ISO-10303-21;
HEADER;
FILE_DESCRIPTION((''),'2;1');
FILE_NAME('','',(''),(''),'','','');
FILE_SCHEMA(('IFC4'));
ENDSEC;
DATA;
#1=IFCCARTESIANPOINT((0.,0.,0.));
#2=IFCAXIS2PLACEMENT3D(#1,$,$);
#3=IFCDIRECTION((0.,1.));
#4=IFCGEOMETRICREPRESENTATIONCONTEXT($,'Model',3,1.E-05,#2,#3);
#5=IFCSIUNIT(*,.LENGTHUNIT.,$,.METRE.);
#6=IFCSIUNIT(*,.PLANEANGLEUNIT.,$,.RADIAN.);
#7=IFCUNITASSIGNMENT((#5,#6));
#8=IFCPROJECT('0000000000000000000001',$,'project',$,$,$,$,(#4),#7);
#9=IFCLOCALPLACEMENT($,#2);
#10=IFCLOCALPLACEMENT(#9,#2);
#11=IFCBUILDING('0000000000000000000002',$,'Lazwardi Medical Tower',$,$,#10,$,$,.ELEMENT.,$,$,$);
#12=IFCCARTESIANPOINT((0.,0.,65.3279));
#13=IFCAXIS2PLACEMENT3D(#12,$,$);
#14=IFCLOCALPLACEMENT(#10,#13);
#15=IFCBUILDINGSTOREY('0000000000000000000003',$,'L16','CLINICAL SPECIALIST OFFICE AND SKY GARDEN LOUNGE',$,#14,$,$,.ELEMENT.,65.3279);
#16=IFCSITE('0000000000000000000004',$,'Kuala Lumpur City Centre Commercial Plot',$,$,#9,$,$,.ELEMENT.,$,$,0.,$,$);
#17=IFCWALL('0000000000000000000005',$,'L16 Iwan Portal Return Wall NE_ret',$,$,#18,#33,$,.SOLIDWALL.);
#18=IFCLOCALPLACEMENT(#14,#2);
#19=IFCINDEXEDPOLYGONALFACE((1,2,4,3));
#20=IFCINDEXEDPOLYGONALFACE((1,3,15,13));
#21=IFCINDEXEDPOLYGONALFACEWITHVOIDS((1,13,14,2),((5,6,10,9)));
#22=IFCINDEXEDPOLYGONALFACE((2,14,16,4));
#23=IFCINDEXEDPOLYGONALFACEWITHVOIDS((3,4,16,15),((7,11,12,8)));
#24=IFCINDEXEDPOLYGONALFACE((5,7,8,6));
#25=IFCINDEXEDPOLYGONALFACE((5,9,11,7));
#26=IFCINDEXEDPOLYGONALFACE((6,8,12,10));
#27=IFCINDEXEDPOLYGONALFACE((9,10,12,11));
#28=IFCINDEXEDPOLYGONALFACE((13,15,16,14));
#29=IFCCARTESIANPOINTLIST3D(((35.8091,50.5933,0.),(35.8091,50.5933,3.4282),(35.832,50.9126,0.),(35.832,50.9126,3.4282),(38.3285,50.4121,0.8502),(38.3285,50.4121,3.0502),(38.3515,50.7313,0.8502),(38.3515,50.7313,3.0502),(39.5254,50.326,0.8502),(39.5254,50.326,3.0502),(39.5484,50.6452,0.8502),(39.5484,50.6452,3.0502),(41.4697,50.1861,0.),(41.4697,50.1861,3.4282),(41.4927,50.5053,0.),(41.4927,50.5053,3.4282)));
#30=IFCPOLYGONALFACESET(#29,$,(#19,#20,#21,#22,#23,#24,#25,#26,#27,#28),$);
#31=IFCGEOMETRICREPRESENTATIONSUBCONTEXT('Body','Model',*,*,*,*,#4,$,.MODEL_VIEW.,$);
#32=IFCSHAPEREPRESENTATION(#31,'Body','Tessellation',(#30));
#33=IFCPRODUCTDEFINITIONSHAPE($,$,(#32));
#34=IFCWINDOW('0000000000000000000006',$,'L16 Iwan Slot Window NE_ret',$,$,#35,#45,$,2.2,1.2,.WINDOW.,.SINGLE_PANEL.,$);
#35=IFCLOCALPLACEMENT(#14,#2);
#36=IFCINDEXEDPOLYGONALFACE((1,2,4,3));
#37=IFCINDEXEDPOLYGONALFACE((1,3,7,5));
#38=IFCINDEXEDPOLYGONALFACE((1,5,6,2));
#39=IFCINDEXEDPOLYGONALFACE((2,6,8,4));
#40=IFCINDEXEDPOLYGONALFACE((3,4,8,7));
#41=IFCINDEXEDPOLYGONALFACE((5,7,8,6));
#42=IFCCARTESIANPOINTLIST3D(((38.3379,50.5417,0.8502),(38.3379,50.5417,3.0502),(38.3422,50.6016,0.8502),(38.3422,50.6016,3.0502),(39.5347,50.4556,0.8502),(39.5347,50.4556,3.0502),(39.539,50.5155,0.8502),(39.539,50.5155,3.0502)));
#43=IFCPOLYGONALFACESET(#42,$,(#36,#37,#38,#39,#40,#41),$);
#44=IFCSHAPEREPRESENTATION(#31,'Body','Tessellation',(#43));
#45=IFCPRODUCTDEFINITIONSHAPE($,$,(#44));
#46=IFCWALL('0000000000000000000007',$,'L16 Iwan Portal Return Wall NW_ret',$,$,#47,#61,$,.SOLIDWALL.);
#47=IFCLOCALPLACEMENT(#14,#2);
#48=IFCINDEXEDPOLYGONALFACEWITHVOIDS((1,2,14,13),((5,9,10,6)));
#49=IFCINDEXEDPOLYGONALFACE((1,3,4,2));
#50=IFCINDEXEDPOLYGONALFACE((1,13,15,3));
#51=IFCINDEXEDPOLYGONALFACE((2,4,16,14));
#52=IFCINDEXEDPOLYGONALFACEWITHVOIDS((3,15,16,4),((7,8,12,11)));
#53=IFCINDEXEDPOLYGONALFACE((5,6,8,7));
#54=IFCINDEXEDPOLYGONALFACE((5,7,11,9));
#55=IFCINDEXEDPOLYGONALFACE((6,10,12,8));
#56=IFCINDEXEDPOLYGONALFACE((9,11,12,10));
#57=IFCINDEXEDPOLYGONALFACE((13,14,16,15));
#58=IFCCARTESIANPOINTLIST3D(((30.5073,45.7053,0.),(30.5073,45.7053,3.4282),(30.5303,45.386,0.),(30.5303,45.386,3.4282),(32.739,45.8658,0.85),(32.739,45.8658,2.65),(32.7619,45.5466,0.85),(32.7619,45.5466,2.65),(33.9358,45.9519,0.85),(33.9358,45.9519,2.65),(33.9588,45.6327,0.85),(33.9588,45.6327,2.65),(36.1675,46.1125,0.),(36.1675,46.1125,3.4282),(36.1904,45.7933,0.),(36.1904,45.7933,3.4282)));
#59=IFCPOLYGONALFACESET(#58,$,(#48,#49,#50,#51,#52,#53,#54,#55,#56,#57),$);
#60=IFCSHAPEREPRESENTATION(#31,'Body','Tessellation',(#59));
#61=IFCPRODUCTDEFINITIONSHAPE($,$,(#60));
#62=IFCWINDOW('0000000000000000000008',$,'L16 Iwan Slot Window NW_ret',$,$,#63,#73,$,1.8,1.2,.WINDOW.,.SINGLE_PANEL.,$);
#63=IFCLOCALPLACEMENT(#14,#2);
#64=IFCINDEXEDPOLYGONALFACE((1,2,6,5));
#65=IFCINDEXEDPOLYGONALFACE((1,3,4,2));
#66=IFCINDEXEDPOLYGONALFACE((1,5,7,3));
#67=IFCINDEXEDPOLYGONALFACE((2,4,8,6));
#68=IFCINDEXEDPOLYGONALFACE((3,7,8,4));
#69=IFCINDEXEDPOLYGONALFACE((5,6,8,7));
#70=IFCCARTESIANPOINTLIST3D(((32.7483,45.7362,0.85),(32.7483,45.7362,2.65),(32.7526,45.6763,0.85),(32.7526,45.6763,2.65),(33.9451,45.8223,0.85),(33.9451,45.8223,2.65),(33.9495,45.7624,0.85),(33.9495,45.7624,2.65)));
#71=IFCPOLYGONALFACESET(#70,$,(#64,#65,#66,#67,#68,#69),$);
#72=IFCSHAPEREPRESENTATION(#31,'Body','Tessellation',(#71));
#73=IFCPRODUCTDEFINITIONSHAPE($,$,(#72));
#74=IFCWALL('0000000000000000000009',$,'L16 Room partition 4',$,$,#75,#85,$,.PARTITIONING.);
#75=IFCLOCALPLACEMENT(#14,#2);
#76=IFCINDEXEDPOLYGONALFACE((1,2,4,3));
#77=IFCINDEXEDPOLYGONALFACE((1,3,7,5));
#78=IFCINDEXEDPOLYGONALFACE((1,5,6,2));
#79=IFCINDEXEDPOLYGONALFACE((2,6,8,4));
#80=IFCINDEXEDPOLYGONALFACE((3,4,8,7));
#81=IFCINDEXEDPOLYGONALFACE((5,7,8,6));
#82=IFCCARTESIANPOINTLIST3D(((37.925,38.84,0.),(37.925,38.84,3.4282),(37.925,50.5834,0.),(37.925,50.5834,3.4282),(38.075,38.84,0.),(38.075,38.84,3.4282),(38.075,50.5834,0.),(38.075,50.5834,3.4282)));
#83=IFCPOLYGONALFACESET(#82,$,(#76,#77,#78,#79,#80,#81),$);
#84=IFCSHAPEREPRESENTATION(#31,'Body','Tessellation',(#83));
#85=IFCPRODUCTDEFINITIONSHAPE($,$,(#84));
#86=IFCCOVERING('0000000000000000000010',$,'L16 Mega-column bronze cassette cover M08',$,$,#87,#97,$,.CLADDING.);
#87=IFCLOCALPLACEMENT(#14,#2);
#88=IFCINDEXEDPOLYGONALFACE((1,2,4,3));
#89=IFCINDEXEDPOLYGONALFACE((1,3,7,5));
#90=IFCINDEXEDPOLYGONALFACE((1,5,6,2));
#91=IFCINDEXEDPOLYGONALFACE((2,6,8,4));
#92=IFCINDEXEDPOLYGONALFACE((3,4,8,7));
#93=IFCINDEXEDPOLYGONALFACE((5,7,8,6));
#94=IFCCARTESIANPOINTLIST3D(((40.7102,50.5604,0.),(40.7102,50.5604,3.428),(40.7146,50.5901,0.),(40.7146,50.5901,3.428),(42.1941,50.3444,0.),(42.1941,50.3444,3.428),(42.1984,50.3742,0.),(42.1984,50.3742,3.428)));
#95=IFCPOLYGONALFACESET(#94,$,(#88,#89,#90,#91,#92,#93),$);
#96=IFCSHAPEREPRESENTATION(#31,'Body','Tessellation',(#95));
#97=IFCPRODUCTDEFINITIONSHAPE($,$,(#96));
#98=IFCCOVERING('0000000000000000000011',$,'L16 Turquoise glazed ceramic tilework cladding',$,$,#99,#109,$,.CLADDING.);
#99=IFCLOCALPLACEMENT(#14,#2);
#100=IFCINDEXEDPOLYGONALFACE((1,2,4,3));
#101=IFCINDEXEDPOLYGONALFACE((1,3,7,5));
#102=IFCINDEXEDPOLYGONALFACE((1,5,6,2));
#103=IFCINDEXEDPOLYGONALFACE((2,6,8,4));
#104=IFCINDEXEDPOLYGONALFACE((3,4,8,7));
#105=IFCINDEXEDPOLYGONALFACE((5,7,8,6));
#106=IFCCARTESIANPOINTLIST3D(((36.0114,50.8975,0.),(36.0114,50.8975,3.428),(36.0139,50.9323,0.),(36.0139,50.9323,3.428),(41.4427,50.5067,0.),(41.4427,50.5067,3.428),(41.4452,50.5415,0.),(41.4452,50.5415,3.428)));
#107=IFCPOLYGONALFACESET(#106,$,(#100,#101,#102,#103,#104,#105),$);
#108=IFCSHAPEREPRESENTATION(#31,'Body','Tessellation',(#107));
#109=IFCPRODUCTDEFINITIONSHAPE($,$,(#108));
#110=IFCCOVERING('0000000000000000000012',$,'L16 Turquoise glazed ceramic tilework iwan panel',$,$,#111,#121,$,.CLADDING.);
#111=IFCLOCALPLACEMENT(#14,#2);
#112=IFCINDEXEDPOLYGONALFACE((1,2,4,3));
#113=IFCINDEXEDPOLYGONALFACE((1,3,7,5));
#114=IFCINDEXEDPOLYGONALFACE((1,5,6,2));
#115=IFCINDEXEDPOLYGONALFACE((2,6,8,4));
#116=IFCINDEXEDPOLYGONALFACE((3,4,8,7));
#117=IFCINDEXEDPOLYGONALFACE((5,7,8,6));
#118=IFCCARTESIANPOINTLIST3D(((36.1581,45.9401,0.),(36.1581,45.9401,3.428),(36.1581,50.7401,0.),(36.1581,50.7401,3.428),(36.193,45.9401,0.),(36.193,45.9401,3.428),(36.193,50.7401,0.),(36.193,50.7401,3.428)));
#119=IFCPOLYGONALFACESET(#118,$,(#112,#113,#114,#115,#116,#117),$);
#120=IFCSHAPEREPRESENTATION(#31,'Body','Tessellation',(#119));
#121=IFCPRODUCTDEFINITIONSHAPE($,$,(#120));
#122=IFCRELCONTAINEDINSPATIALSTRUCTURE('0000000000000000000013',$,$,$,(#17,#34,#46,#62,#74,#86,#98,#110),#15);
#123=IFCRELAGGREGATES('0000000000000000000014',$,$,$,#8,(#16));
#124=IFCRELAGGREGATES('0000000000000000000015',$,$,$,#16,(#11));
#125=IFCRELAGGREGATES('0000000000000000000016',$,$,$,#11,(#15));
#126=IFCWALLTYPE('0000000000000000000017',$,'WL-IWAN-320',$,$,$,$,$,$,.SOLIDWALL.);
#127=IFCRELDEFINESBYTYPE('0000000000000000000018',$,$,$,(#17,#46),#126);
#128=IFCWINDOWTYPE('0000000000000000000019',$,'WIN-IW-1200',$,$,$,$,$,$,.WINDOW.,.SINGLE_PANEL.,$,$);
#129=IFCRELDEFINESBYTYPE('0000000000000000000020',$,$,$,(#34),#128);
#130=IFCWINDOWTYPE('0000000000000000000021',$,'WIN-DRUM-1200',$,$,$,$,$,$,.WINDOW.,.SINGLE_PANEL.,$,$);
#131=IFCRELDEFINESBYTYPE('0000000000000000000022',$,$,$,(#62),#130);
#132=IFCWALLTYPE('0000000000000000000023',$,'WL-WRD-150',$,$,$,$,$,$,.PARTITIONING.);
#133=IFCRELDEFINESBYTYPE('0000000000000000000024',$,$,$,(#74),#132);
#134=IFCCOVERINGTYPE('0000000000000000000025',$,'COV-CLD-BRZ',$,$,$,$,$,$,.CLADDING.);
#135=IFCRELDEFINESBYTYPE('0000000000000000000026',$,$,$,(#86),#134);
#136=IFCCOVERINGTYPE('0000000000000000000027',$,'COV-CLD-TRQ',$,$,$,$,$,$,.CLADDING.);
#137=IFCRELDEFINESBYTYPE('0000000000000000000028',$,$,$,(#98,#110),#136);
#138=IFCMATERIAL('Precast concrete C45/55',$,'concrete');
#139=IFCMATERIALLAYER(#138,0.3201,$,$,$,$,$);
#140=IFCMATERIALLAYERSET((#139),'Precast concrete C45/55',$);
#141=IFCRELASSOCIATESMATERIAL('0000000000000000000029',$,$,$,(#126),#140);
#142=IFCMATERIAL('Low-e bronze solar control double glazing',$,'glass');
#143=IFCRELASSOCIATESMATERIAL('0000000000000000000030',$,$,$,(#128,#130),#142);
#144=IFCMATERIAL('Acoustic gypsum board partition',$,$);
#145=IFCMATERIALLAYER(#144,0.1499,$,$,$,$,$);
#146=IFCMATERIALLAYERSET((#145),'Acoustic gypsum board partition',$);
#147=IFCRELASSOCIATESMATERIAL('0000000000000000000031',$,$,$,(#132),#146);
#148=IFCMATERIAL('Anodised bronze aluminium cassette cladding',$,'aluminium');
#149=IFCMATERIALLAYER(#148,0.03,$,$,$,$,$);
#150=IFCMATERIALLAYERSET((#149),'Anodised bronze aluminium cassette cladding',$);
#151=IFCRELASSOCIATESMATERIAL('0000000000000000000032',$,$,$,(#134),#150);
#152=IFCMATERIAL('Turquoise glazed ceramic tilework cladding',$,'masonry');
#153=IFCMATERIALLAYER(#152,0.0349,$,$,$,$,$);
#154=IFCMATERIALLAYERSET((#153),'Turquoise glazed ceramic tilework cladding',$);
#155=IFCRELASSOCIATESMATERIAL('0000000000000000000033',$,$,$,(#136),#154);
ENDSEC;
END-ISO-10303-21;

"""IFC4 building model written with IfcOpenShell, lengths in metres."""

from ifc_helpers import new_model, si_unit, direction, frame, frame_2d, origin, origin_2d, place, context, subcontext, project, spatial, rectangle, extrude, material, layer, layer_set, type_object, element, fill, save


model = new_model("IFC4")

# Units and contexts
model_context = context("Model", 3, precision=1e-05, world=origin(), true_north=direction((0.0, 1.0)))
body_context = subcontext(model_context, "Body", "Model", "MODEL_VIEW")
ifc_project = project(units=[si_unit("LENGTHUNIT", "METRE"), si_unit("PLANEANGLEUNIT", "RADIAN")], contexts=[model_context])

# Site, building, storey
site_placement = place(None, origin())
site = spatial("IfcSite", under=ifc_project, at=site_placement, Name="Kuala Lumpur City Centre Commercial Plot", CompositionType="ELEMENT", RefElevation=0.0)
building_placement = place(site_placement, origin())
building = spatial("IfcBuilding", under=site, at=building_placement, Name="Lazwardi Medical Tower", CompositionType="ELEMENT")
storey_placement = place(building_placement, frame((0.0, 0.0, 65.3279)))
storey = spatial("IfcBuildingStorey", under=building, at=storey_placement, Name="L16", Description="CLINICAL SPECIALIST OFFICE AND SKY GARDEN LOUNGE", CompositionType="ELEMENT", Elevation=65.3279)

# Shared definitions
ifc_material_1 = material(Name="Low-e bronze solar control double glazing", Category="glass")

# Walls, openings, windows
ifc_material_2 = material(Name="Precast concrete C45/55", Category="concrete")
ifc_layer_1 = layer(ifc_material_2, 0.3201)
ifc_layer_set_1 = layer_set([ifc_layer_1], Name="Precast concrete C45/55")
wall_type_1 = type_object("IfcWallType", Name="WL-IWAN-320", PredefinedType="SOLIDWALL", material=ifc_layer_set_1)
wall_1_placement = place(storey_placement, frame((41.4812, 50.3457, 0.0), z_axis=(0.0, 0.0, 1.0), x_axis=(-0.997422, 0.071755, 0.0)))
wall_1 = element("IfcWall", 1, at=wall_1_placement, inside=storey, type_object=wall_type_1, Name="L16 Iwan Portal Return Wall NE_ret", PredefinedType="SOLIDWALL", context=body_context, shape_type="SweptSolid", body=[
    extrude(rectangle(XDim=5.6753, YDim=0.3201, at=frame_2d((2.8376, 0.0))), origin(), (0.0, 0.0, 1.0), 3.4282),
])
opening_1_placement = place(wall_1_placement, frame((1.9492, 0.0, 0.8501)))
opening_1 = element("IfcOpeningElement", 2, at=opening_1_placement, cuts=wall_1, PredefinedType="OPENING", context=body_context, shape_type="SweptSolid", body=[
    extrude(rectangle(XDim=1.2, YDim=2.2, at=frame_2d((0.6001, 1.1001))), frame((0.0, 0.1699, 0.0), z_axis=(0.0, -1.0, 0.0), x_axis=(1.0, 0.0, 0.0)), (0.0, 0.0, 1.0), 0.3401),
])
window_type_1 = type_object("IfcWindowType", Name="WIN-IW-1200", PartitioningType="SINGLE_PANEL", PredefinedType="WINDOW", material=ifc_material_1)
window_1_placement = place(opening_1_placement, origin())
window_1 = element("IfcWindow", 3, at=window_1_placement, inside=storey, type_object=window_type_1, Name="L16 Iwan Slot Window NE_ret", OverallHeight=2.2, OverallWidth=1.2, PartitioningType="SINGLE_PANEL", PredefinedType="WINDOW", context=body_context, shape_type="SweptSolid", body=[
    extrude(rectangle(XDim=1.2, YDim=2.2, at=frame_2d((0.6001, 1.1001))), frame((0.0, 0.03, 0.0), z_axis=(0.0, -1.0, 0.0), x_axis=(1.0, 0.0, 0.0)), (0.0, 0.0, 1.0), 0.0601),
])
fill(opening_1, window_1)
wall_2_placement = place(storey_placement, frame((36.179, 45.9529, 0.0), z_axis=(0.0, 0.0, 1.0), x_axis=(-0.997422, -0.071761, 0.0)))
wall_2 = element("IfcWall", 4, at=wall_2_placement, inside=storey, type_object=wall_type_1, Name="L16 Iwan Portal Return Wall NW_ret", PredefinedType="SOLIDWALL", context=body_context, shape_type="SweptSolid", body=[
    extrude(rectangle(XDim=5.6748, YDim=0.3201, at=frame_2d((2.8374, 0.0))), origin(), (0.0, 0.0, 1.0), 3.4282),
])
opening_2_placement = place(wall_2_placement, frame((2.2373, 0.0, 0.8501)))
opening_2 = element("IfcOpeningElement", 5, at=opening_2_placement, cuts=wall_2, PredefinedType="OPENING", context=body_context, shape_type="SweptSolid", body=[
    extrude(rectangle(XDim=1.2, YDim=1.8, at=frame_2d((0.6001, 0.8999))), frame((0.0, 0.1699, 0.0), z_axis=(0.0, -1.0, 0.0), x_axis=(1.0, 0.0, 0.0)), (0.0, 0.0, 1.0), 0.3401),
])
window_type_2 = type_object("IfcWindowType", Name="WIN-DRUM-1200", PartitioningType="SINGLE_PANEL", PredefinedType="WINDOW", material=ifc_material_1)
window_2_placement = place(opening_2_placement, origin())
window_2 = element("IfcWindow", 6, at=window_2_placement, inside=storey, type_object=window_type_2, Name="L16 Iwan Slot Window NW_ret", OverallHeight=1.8, OverallWidth=1.2, PartitioningType="SINGLE_PANEL", PredefinedType="WINDOW", context=body_context, shape_type="SweptSolid", body=[
    extrude(rectangle(XDim=1.2, YDim=1.8, at=frame_2d((0.6001, 0.8999))), frame((0.0, 0.03, 0.0), z_axis=(0.0, -1.0, 0.0), x_axis=(1.0, 0.0, 0.0)), (0.0, 0.0, 1.0), 0.0601),
])
fill(opening_2, window_2)

# Wall
ifc_material_3 = material(Name="Acoustic gypsum board partition")
ifc_layer_2 = layer(ifc_material_3, 0.1499)
ifc_layer_set_2 = layer_set([ifc_layer_2], Name="Acoustic gypsum board partition")
wall_type_2 = type_object("IfcWallType", Name="WL-WRD-150", PredefinedType="PARTITIONING", material=ifc_layer_set_2)
wall_3_placement = place(storey_placement, frame((38.0, 38.8401, 0.0), z_axis=(0.0, 0.0, 1.0), x_axis=(0.0, 1.0, 0.0)))
element("IfcWall", 7, at=wall_3_placement, inside=storey, type_object=wall_type_2, Name="L16 Room partition 4", PredefinedType="PARTITIONING", context=body_context, shape_type="SweptSolid", body=[
    extrude(rectangle(XDim=11.7434, YDim=0.1499, at=frame_2d((5.8716, 0.0))), origin(), (0.0, 0.0, 1.0), 3.4282),
])

# Coverings
ifc_material_4 = material(Name="Anodised bronze aluminium cassette cladding", Category="aluminium")
ifc_layer_3 = layer(ifc_material_4, 0.03)
ifc_layer_set_3 = layer_set([ifc_layer_3], Name="Anodised bronze aluminium cassette cladding")
covering_type_1 = type_object("IfcCoveringType", Name="COV-CLD-BRZ", PredefinedType="CLADDING", material=ifc_layer_set_3)
covering_1_placement = place(storey_placement, frame((41.4543, 50.4673, 0.0), z_axis=(0.0, 0.0, 1.0), x_axis=(-0.989573, 0.144035, 0.0)))
element("IfcCovering", 8, at=covering_1_placement, inside=storey, type_object=covering_type_1, Name="L16 Mega-column bronze cassette cover M08", PredefinedType="CLADDING", context=body_context, shape_type="SweptSolid", body=[
    extrude(rectangle(XDim=1.4995, YDim=0.03, at=origin_2d()), origin(), (0.0, 0.0, 1.0), 3.428),
])
ifc_material_5 = material(Name="Turquoise glazed ceramic tilework cladding", Category="masonry")
ifc_layer_4 = layer(ifc_material_5, 0.0349)
ifc_layer_set_4 = layer_set([ifc_layer_4], Name="Turquoise glazed ceramic tilework cladding")
covering_type_2 = type_object("IfcCoveringType", Name="COV-CLD-TRQ", PredefinedType="CLADDING", material=ifc_layer_set_4)
covering_2_placement = place(storey_placement, frame((38.7283, 50.7195, 0.0), z_axis=(0.0, 0.0, 1.0), x_axis=(-0.997421, 0.071767, 0.0)))
element("IfcCovering", 9, at=covering_2_placement, inside=storey, type_object=covering_type_2, Name="L16 Turquoise glazed ceramic tilework cladding", PredefinedType="CLADDING", context=body_context, shape_type="SweptSolid", body=[
    extrude(rectangle(XDim=5.4453, YDim=0.0349, at=origin_2d()), origin(), (0.0, 0.0, 1.0), 3.428),
])
covering_3_placement = place(storey_placement, frame((36.1755, 48.3401, 0.0), z_axis=(0.0, 0.0, 1.0), x_axis=(0.0, -1.0, 0.0)))
element("IfcCovering", 10, at=covering_3_placement, inside=storey, type_object=covering_type_2, Name="L16 Turquoise glazed ceramic tilework iwan panel", PredefinedType="CLADDING", context=body_context, shape_type="SweptSolid", body=[
    extrude(rectangle(XDim=4.8, YDim=0.0349, at=origin_2d()), origin(), (0.0, 0.0, 1.0), 3.428),
])

save(model, "model.ifc")
